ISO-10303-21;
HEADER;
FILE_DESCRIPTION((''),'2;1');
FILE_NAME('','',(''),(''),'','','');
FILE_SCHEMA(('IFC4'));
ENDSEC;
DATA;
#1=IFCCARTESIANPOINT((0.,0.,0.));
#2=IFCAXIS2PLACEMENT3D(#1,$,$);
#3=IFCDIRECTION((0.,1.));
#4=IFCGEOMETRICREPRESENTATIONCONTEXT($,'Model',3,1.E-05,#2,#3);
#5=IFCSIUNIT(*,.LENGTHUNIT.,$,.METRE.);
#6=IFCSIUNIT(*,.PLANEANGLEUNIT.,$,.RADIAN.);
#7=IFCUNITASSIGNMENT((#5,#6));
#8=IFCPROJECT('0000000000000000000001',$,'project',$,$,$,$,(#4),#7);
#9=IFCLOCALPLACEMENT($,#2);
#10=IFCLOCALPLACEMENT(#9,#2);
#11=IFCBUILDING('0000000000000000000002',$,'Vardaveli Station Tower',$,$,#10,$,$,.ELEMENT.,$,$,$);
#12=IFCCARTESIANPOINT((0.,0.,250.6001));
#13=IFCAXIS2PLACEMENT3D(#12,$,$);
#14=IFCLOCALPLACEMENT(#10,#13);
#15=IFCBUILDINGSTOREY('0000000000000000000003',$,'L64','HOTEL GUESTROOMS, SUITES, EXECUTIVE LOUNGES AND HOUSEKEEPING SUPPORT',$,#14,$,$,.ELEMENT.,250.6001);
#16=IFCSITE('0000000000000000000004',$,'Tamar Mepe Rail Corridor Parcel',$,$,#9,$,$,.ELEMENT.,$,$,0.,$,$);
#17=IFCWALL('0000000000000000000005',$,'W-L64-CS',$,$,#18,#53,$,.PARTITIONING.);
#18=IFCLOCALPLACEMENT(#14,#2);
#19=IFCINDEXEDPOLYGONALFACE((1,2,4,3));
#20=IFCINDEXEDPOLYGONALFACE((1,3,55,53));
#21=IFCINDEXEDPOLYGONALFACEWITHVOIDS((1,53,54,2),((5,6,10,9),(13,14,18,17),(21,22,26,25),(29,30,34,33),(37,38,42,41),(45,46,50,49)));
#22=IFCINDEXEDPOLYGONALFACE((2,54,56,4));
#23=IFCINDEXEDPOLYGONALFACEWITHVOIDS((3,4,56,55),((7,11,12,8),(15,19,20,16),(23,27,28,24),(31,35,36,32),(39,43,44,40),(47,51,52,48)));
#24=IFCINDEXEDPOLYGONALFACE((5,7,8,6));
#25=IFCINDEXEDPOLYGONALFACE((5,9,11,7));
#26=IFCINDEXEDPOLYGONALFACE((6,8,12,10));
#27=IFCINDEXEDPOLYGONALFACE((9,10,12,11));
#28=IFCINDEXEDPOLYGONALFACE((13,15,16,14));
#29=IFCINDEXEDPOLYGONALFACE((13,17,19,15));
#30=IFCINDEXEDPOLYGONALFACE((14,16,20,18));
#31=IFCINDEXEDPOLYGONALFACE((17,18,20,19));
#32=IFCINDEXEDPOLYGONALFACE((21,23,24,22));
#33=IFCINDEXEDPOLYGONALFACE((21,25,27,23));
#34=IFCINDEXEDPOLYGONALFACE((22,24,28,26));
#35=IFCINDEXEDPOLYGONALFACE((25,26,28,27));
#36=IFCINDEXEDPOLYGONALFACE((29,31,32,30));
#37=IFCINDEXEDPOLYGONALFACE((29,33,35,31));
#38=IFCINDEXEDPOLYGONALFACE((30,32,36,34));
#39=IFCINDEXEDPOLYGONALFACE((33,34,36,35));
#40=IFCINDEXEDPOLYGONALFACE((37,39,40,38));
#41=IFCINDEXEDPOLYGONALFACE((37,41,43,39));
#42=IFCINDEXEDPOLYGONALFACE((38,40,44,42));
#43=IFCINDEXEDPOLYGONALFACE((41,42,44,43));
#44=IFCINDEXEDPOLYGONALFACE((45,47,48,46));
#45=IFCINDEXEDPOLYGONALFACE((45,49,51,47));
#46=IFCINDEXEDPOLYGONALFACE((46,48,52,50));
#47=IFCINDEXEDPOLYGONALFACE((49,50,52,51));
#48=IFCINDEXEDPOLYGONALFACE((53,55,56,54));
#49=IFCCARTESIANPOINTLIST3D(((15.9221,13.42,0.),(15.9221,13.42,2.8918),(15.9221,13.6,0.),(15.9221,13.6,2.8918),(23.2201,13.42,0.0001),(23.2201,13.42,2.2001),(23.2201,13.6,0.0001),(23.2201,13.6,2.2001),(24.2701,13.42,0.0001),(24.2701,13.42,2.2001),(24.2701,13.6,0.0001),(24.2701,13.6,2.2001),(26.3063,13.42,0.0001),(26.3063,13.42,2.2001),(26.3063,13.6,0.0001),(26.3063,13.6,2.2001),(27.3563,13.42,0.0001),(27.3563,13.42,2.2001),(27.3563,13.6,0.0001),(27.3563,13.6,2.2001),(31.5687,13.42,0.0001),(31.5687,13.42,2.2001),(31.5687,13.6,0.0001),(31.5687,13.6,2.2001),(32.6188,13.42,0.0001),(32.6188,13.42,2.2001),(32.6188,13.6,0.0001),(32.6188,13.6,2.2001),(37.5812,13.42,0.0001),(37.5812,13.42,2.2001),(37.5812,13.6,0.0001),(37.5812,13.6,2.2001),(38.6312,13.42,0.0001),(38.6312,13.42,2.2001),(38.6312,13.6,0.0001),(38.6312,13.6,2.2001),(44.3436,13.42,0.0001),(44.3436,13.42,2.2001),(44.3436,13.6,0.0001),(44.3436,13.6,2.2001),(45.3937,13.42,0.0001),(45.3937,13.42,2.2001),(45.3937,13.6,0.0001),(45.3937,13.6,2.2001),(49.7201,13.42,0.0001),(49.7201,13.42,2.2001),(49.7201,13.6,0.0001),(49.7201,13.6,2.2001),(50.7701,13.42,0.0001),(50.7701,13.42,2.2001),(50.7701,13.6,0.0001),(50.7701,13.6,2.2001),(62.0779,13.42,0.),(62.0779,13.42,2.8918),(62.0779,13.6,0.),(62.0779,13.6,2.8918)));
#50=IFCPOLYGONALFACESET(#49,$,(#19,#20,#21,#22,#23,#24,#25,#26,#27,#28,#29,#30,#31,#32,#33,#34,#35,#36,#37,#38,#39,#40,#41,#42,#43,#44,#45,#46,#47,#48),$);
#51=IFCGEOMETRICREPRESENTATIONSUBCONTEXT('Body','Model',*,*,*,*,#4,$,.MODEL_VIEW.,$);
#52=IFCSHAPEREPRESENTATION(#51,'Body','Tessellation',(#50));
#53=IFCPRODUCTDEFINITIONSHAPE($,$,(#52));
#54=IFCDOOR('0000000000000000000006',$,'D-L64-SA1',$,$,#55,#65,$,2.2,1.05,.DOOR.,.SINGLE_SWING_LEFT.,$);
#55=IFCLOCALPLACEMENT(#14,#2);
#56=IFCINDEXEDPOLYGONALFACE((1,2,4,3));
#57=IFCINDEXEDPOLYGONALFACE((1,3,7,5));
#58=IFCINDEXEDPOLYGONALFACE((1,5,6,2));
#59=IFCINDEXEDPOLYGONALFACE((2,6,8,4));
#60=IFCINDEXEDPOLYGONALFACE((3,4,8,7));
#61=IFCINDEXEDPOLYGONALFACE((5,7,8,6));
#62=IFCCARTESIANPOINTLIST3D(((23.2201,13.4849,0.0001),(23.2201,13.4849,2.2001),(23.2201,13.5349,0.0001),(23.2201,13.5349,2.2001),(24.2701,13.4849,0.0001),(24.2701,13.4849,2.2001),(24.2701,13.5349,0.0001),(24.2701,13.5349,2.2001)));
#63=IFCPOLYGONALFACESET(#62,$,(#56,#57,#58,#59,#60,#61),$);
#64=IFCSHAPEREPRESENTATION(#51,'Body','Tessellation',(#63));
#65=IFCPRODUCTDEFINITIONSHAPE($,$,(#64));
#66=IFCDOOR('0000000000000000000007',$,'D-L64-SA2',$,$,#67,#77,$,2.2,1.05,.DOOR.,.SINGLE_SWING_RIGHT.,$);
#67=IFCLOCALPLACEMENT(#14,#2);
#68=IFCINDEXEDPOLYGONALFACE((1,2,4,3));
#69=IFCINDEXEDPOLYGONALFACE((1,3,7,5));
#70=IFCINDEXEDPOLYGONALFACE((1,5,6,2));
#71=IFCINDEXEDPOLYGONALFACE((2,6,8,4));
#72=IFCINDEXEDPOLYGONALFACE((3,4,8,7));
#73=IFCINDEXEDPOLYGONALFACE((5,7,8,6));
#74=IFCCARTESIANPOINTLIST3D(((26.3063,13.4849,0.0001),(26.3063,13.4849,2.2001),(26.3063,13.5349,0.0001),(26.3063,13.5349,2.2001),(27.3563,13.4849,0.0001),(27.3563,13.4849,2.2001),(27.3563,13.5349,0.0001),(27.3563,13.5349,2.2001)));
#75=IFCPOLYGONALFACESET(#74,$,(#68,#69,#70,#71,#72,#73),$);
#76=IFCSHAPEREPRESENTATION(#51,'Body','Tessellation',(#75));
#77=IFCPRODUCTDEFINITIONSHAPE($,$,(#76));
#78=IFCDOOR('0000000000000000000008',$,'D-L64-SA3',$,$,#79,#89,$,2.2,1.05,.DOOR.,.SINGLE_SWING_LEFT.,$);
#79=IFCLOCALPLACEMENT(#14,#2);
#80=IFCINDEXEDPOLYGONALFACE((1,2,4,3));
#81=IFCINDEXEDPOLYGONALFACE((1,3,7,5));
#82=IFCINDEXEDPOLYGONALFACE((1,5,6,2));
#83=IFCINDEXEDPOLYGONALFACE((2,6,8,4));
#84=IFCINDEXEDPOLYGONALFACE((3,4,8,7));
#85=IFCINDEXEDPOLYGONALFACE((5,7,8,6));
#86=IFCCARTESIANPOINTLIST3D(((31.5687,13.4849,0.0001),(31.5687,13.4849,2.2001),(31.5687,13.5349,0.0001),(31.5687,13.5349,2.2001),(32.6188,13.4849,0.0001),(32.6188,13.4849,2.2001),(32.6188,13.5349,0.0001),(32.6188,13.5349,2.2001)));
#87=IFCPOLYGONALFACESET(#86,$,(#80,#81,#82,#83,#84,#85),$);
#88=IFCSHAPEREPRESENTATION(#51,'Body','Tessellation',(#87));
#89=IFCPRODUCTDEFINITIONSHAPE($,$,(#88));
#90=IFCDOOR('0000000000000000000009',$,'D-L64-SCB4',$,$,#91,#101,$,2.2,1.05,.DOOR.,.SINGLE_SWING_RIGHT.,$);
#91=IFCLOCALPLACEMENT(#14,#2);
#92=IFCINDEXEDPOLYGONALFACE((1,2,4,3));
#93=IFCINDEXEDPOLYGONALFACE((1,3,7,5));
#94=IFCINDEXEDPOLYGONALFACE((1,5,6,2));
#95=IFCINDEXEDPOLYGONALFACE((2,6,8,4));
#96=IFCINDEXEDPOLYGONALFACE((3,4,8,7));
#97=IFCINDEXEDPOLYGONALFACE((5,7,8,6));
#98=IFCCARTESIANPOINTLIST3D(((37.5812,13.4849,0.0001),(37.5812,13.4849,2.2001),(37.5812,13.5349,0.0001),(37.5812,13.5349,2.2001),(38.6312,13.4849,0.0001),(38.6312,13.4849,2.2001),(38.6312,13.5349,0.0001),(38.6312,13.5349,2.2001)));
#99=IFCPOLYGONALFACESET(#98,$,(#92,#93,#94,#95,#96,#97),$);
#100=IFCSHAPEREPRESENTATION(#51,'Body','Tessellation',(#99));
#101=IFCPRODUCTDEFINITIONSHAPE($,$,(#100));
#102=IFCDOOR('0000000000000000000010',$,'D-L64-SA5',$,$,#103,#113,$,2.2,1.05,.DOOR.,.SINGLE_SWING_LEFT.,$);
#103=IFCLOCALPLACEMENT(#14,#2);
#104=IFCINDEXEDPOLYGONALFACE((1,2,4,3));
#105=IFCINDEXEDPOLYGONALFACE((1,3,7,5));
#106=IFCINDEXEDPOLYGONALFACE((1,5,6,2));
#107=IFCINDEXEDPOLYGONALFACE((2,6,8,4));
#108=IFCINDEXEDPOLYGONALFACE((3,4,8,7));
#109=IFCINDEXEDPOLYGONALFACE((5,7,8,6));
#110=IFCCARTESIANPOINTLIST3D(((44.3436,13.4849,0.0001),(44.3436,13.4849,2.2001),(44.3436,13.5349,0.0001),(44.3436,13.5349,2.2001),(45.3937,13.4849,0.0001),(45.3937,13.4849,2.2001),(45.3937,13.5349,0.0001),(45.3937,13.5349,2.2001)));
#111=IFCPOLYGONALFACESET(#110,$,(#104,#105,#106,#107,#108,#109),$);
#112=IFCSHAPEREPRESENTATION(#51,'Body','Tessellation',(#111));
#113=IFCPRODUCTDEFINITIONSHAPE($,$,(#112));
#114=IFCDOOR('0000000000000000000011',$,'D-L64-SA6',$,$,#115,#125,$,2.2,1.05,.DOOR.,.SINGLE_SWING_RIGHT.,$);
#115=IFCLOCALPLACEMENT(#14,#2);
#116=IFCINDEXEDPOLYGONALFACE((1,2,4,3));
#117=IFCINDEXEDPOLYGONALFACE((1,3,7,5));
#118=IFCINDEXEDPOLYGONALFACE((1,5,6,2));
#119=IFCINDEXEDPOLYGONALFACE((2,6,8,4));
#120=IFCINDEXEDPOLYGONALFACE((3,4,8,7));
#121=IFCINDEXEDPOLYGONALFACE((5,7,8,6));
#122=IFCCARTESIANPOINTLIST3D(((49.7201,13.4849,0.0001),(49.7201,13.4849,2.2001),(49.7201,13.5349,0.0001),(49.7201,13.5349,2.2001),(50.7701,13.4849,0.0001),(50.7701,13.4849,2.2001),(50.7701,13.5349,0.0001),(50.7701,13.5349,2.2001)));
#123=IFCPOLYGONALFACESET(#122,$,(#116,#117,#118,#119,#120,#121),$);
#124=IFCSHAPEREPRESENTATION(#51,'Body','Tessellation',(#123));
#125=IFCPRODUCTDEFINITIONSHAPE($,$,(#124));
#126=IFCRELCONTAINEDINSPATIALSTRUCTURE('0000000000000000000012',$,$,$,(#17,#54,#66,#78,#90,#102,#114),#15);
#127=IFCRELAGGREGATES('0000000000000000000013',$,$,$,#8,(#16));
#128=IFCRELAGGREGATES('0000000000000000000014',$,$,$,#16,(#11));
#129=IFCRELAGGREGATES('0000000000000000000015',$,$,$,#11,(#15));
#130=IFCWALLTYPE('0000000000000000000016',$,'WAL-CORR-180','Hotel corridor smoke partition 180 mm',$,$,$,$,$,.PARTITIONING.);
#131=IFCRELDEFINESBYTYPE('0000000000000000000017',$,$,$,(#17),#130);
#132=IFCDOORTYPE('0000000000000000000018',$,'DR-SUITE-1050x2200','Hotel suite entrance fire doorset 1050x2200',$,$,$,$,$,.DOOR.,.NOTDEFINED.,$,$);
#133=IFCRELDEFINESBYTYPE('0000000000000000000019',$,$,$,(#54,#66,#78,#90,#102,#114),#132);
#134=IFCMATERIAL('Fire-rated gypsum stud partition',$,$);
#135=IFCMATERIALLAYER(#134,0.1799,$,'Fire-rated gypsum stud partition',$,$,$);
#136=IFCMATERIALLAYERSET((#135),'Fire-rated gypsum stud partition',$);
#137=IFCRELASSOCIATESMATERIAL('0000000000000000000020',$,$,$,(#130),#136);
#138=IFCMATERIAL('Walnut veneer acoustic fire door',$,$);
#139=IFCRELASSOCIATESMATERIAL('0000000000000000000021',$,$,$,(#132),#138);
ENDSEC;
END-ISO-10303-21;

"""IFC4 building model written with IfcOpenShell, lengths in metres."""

from ifc_helpers import new_model, si_unit, direction, frame, frame_2d, origin, place, context, subcontext, project, spatial, rectangle, extrude, source, transform, mapped, material, layer, layer_set, type_object, element, fill, save


model = new_model("IFC4")

# Units and contexts
model_context = context("Model", 3, precision=1e-05, world=origin(), true_north=direction((0.0, 1.0)))
body_context = subcontext(model_context, "Body", "Model", "MODEL_VIEW")
ifc_project = project(units=[si_unit("LENGTHUNIT", "METRE"), si_unit("PLANEANGLEUNIT", "RADIAN")], contexts=[model_context])

# Site, building, storey
site_placement = place(None, origin())
site = spatial("IfcSite", under=ifc_project, at=site_placement, Name="Tamar Mepe Rail Corridor Parcel", CompositionType="ELEMENT", RefElevation=0.0)
building_placement = place(site_placement, origin())
building = spatial("IfcBuilding", under=site, at=building_placement, Name="Vardaveli Station Tower", CompositionType="ELEMENT")
storey_placement = place(building_placement, frame((0.0, 0.0, 250.6001)))
storey = spatial("IfcBuildingStorey", under=building, at=storey_placement, Name="L64", Description="HOTEL GUESTROOMS, SUITES, EXECUTIVE LOUNGES AND HOUSEKEEPING SUPPORT", CompositionType="ELEMENT", Elevation=250.6001)

# Wall, openings, doors
ifc_material_1 = material(Name="Fire-rated gypsum stud partition")
ifc_layer_1 = layer(ifc_material_1, 0.1799, Name="Fire-rated gypsum stud partition")
ifc_layer_set_1 = layer_set([ifc_layer_1], Name="Fire-rated gypsum stud partition")
wall_type_1 = type_object("IfcWallType", Name="WAL-CORR-180", Description="Hotel corridor smoke partition 180 mm", PredefinedType="PARTITIONING", material=ifc_layer_set_1)
shared_shape_1 = source(origin(), body_context, "Body", "SweptSolid", [
    extrude(rectangle(XDim=46.1558, YDim=0.1799, at=frame_2d((23.0779, 0.0))), origin(), (0.0, 0.0, 1.0), 2.8918),
])
wall_1_placement = place(storey_placement, frame((15.9221, 13.51, 0.0), z_axis=(0.0, 0.0, 1.0), x_axis=(1.0, 0.0, 0.0)))
wall_1 = element("IfcWall", 1, at=wall_1_placement, inside=storey, type_object=wall_type_1, Name="W-L64-CS", PredefinedType="PARTITIONING", context=body_context, shape_type="MappedRepresentation", body=[
    mapped(shared_shape_1, transform((0.0, 0.0, 0.0), scale=1.0)),
])
shared_shape_2 = source(origin(), body_context, "Body", "SweptSolid", [
    extrude(rectangle(XDim=1.05, YDim=2.2, at=frame_2d((0.5249, 1.1001))), frame((0.0, 0.1001, 0.0), z_axis=(0.0, -1.0, 0.0), x_axis=(1.0, 0.0, 0.0)), (0.0, 0.0, 1.0), 0.2),
])
opening_1_placement = place(wall_1_placement, frame((7.2981, 0.0, 0.0)))
opening_1 = element("IfcOpeningElement", 2, at=opening_1_placement, cuts=wall_1, PredefinedType="OPENING", context=body_context, shape_type="MappedRepresentation", body=[
    mapped(shared_shape_2, transform((0.0, 0.0, 0.0), scale=1.0)),
])
opening_2_placement = place(wall_1_placement, frame((10.3843, 0.0, 0.0)))
opening_2 = element("IfcOpeningElement", 3, at=opening_2_placement, cuts=wall_1, PredefinedType="OPENING", context=body_context, shape_type="MappedRepresentation", body=[
    mapped(shared_shape_2, transform((0.0, 0.0, 0.0), scale=1.0)),
])
opening_3_placement = place(wall_1_placement, frame((15.6467, 0.0, 0.0)))
opening_3 = element("IfcOpeningElement", 4, at=opening_3_placement, cuts=wall_1, PredefinedType="OPENING", context=body_context, shape_type="MappedRepresentation", body=[
    mapped(shared_shape_2, transform((0.0, 0.0, 0.0), scale=1.0)),
])
opening_4_placement = place(wall_1_placement, frame((21.6592, 0.0, 0.0)))
opening_4 = element("IfcOpeningElement", 5, at=opening_4_placement, cuts=wall_1, PredefinedType="OPENING", context=body_context, shape_type="MappedRepresentation", body=[
    mapped(shared_shape_2, transform((0.0, 0.0, 0.0), scale=1.0)),
])
opening_5_placement = place(wall_1_placement, frame((28.4216, 0.0, 0.0)))
opening_5 = element("IfcOpeningElement", 6, at=opening_5_placement, cuts=wall_1, PredefinedType="OPENING", context=body_context, shape_type="MappedRepresentation", body=[
    mapped(shared_shape_2, transform((0.0, 0.0, 0.0), scale=1.0)),
])
opening_6_placement = place(wall_1_placement, frame((33.7981, 0.0, 0.0)))
opening_6 = element("IfcOpeningElement", 7, at=opening_6_placement, cuts=wall_1, PredefinedType="OPENING", context=body_context, shape_type="MappedRepresentation", body=[
    mapped(shared_shape_2, transform((0.0, 0.0, 0.0), scale=1.0)),
])
ifc_material_2 = material(Name="Walnut veneer acoustic fire door")
door_type = type_object("IfcDoorType", Name="DR-SUITE-1050x2200", Description="Hotel suite entrance fire doorset 1050x2200", OperationType="NOTDEFINED", PredefinedType="DOOR", material=ifc_material_2)
shared_shape_3 = source(origin(), body_context, "Body", "SweptSolid", [
    extrude(rectangle(XDim=1.05, YDim=2.2, at=frame_2d((0.5249, 1.1001))), frame((0.0, 0.0249, 0.0), z_axis=(0.0, -1.0, 0.0), x_axis=(1.0, 0.0, 0.0)), (0.0, 0.0, 1.0), 0.05),
])
door_1_placement = place(opening_1_placement, origin())
door_1 = element("IfcDoor", 8, at=door_1_placement, inside=storey, type_object=door_type, Name="D-L64-SA1", OperationType="SINGLE_SWING_LEFT", OverallHeight=2.2, OverallWidth=1.05, PredefinedType="DOOR", context=body_context, shape_type="MappedRepresentation", body=[
    mapped(shared_shape_3, transform((0.0, 0.0, 0.0), scale=1.0)),
])
fill(opening_1, door_1)
door_2_placement = place(opening_2_placement, origin())
door_2 = element("IfcDoor", 9, at=door_2_placement, inside=storey, type_object=door_type, Name="D-L64-SA2", OperationType="SINGLE_SWING_RIGHT", OverallHeight=2.2, OverallWidth=1.05, PredefinedType="DOOR", context=body_context, shape_type="MappedRepresentation", body=[
    mapped(shared_shape_3, transform((0.0, 0.0, 0.0), scale=1.0)),
])
fill(opening_2, door_2)
door_3_placement = place(opening_3_placement, origin())
door_3 = element("IfcDoor", 10, at=door_3_placement, inside=storey, type_object=door_type, Name="D-L64-SA3", OperationType="SINGLE_SWING_LEFT", OverallHeight=2.2, OverallWidth=1.05, PredefinedType="DOOR", context=body_context, shape_type="MappedRepresentation", body=[
    mapped(shared_shape_3, transform((0.0, 0.0, 0.0), scale=1.0)),
])
fill(opening_3, door_3)
door_4_placement = place(opening_4_placement, origin())
door_4 = element("IfcDoor", 11, at=door_4_placement, inside=storey, type_object=door_type, Name="D-L64-SCB4", OperationType="SINGLE_SWING_RIGHT", OverallHeight=2.2, OverallWidth=1.05, PredefinedType="DOOR", context=body_context, shape_type="MappedRepresentation", body=[
    mapped(shared_shape_3, transform((0.0, 0.0, 0.0), scale=1.0)),
])
fill(opening_4, door_4)
door_5_placement = place(opening_5_placement, origin())
door_5 = element("IfcDoor", 12, at=door_5_placement, inside=storey, type_object=door_type, Name="D-L64-SA5", OperationType="SINGLE_SWING_LEFT", OverallHeight=2.2, OverallWidth=1.05, PredefinedType="DOOR", context=body_context, shape_type="MappedRepresentation", body=[
    mapped(shared_shape_3, transform((0.0, 0.0, 0.0), scale=1.0)),
])
fill(opening_5, door_5)
door_6_placement = place(opening_6_placement, origin())
door_6 = element("IfcDoor", 13, at=door_6_placement, inside=storey, type_object=door_type, Name="D-L64-SA6", OperationType="SINGLE_SWING_RIGHT", OverallHeight=2.2, OverallWidth=1.05, PredefinedType="DOOR", context=body_context, shape_type="MappedRepresentation", body=[
    mapped(shared_shape_3, transform((0.0, 0.0, 0.0), scale=1.0)),
])
fill(opening_6, door_6)

save(model, "model.ifc")
